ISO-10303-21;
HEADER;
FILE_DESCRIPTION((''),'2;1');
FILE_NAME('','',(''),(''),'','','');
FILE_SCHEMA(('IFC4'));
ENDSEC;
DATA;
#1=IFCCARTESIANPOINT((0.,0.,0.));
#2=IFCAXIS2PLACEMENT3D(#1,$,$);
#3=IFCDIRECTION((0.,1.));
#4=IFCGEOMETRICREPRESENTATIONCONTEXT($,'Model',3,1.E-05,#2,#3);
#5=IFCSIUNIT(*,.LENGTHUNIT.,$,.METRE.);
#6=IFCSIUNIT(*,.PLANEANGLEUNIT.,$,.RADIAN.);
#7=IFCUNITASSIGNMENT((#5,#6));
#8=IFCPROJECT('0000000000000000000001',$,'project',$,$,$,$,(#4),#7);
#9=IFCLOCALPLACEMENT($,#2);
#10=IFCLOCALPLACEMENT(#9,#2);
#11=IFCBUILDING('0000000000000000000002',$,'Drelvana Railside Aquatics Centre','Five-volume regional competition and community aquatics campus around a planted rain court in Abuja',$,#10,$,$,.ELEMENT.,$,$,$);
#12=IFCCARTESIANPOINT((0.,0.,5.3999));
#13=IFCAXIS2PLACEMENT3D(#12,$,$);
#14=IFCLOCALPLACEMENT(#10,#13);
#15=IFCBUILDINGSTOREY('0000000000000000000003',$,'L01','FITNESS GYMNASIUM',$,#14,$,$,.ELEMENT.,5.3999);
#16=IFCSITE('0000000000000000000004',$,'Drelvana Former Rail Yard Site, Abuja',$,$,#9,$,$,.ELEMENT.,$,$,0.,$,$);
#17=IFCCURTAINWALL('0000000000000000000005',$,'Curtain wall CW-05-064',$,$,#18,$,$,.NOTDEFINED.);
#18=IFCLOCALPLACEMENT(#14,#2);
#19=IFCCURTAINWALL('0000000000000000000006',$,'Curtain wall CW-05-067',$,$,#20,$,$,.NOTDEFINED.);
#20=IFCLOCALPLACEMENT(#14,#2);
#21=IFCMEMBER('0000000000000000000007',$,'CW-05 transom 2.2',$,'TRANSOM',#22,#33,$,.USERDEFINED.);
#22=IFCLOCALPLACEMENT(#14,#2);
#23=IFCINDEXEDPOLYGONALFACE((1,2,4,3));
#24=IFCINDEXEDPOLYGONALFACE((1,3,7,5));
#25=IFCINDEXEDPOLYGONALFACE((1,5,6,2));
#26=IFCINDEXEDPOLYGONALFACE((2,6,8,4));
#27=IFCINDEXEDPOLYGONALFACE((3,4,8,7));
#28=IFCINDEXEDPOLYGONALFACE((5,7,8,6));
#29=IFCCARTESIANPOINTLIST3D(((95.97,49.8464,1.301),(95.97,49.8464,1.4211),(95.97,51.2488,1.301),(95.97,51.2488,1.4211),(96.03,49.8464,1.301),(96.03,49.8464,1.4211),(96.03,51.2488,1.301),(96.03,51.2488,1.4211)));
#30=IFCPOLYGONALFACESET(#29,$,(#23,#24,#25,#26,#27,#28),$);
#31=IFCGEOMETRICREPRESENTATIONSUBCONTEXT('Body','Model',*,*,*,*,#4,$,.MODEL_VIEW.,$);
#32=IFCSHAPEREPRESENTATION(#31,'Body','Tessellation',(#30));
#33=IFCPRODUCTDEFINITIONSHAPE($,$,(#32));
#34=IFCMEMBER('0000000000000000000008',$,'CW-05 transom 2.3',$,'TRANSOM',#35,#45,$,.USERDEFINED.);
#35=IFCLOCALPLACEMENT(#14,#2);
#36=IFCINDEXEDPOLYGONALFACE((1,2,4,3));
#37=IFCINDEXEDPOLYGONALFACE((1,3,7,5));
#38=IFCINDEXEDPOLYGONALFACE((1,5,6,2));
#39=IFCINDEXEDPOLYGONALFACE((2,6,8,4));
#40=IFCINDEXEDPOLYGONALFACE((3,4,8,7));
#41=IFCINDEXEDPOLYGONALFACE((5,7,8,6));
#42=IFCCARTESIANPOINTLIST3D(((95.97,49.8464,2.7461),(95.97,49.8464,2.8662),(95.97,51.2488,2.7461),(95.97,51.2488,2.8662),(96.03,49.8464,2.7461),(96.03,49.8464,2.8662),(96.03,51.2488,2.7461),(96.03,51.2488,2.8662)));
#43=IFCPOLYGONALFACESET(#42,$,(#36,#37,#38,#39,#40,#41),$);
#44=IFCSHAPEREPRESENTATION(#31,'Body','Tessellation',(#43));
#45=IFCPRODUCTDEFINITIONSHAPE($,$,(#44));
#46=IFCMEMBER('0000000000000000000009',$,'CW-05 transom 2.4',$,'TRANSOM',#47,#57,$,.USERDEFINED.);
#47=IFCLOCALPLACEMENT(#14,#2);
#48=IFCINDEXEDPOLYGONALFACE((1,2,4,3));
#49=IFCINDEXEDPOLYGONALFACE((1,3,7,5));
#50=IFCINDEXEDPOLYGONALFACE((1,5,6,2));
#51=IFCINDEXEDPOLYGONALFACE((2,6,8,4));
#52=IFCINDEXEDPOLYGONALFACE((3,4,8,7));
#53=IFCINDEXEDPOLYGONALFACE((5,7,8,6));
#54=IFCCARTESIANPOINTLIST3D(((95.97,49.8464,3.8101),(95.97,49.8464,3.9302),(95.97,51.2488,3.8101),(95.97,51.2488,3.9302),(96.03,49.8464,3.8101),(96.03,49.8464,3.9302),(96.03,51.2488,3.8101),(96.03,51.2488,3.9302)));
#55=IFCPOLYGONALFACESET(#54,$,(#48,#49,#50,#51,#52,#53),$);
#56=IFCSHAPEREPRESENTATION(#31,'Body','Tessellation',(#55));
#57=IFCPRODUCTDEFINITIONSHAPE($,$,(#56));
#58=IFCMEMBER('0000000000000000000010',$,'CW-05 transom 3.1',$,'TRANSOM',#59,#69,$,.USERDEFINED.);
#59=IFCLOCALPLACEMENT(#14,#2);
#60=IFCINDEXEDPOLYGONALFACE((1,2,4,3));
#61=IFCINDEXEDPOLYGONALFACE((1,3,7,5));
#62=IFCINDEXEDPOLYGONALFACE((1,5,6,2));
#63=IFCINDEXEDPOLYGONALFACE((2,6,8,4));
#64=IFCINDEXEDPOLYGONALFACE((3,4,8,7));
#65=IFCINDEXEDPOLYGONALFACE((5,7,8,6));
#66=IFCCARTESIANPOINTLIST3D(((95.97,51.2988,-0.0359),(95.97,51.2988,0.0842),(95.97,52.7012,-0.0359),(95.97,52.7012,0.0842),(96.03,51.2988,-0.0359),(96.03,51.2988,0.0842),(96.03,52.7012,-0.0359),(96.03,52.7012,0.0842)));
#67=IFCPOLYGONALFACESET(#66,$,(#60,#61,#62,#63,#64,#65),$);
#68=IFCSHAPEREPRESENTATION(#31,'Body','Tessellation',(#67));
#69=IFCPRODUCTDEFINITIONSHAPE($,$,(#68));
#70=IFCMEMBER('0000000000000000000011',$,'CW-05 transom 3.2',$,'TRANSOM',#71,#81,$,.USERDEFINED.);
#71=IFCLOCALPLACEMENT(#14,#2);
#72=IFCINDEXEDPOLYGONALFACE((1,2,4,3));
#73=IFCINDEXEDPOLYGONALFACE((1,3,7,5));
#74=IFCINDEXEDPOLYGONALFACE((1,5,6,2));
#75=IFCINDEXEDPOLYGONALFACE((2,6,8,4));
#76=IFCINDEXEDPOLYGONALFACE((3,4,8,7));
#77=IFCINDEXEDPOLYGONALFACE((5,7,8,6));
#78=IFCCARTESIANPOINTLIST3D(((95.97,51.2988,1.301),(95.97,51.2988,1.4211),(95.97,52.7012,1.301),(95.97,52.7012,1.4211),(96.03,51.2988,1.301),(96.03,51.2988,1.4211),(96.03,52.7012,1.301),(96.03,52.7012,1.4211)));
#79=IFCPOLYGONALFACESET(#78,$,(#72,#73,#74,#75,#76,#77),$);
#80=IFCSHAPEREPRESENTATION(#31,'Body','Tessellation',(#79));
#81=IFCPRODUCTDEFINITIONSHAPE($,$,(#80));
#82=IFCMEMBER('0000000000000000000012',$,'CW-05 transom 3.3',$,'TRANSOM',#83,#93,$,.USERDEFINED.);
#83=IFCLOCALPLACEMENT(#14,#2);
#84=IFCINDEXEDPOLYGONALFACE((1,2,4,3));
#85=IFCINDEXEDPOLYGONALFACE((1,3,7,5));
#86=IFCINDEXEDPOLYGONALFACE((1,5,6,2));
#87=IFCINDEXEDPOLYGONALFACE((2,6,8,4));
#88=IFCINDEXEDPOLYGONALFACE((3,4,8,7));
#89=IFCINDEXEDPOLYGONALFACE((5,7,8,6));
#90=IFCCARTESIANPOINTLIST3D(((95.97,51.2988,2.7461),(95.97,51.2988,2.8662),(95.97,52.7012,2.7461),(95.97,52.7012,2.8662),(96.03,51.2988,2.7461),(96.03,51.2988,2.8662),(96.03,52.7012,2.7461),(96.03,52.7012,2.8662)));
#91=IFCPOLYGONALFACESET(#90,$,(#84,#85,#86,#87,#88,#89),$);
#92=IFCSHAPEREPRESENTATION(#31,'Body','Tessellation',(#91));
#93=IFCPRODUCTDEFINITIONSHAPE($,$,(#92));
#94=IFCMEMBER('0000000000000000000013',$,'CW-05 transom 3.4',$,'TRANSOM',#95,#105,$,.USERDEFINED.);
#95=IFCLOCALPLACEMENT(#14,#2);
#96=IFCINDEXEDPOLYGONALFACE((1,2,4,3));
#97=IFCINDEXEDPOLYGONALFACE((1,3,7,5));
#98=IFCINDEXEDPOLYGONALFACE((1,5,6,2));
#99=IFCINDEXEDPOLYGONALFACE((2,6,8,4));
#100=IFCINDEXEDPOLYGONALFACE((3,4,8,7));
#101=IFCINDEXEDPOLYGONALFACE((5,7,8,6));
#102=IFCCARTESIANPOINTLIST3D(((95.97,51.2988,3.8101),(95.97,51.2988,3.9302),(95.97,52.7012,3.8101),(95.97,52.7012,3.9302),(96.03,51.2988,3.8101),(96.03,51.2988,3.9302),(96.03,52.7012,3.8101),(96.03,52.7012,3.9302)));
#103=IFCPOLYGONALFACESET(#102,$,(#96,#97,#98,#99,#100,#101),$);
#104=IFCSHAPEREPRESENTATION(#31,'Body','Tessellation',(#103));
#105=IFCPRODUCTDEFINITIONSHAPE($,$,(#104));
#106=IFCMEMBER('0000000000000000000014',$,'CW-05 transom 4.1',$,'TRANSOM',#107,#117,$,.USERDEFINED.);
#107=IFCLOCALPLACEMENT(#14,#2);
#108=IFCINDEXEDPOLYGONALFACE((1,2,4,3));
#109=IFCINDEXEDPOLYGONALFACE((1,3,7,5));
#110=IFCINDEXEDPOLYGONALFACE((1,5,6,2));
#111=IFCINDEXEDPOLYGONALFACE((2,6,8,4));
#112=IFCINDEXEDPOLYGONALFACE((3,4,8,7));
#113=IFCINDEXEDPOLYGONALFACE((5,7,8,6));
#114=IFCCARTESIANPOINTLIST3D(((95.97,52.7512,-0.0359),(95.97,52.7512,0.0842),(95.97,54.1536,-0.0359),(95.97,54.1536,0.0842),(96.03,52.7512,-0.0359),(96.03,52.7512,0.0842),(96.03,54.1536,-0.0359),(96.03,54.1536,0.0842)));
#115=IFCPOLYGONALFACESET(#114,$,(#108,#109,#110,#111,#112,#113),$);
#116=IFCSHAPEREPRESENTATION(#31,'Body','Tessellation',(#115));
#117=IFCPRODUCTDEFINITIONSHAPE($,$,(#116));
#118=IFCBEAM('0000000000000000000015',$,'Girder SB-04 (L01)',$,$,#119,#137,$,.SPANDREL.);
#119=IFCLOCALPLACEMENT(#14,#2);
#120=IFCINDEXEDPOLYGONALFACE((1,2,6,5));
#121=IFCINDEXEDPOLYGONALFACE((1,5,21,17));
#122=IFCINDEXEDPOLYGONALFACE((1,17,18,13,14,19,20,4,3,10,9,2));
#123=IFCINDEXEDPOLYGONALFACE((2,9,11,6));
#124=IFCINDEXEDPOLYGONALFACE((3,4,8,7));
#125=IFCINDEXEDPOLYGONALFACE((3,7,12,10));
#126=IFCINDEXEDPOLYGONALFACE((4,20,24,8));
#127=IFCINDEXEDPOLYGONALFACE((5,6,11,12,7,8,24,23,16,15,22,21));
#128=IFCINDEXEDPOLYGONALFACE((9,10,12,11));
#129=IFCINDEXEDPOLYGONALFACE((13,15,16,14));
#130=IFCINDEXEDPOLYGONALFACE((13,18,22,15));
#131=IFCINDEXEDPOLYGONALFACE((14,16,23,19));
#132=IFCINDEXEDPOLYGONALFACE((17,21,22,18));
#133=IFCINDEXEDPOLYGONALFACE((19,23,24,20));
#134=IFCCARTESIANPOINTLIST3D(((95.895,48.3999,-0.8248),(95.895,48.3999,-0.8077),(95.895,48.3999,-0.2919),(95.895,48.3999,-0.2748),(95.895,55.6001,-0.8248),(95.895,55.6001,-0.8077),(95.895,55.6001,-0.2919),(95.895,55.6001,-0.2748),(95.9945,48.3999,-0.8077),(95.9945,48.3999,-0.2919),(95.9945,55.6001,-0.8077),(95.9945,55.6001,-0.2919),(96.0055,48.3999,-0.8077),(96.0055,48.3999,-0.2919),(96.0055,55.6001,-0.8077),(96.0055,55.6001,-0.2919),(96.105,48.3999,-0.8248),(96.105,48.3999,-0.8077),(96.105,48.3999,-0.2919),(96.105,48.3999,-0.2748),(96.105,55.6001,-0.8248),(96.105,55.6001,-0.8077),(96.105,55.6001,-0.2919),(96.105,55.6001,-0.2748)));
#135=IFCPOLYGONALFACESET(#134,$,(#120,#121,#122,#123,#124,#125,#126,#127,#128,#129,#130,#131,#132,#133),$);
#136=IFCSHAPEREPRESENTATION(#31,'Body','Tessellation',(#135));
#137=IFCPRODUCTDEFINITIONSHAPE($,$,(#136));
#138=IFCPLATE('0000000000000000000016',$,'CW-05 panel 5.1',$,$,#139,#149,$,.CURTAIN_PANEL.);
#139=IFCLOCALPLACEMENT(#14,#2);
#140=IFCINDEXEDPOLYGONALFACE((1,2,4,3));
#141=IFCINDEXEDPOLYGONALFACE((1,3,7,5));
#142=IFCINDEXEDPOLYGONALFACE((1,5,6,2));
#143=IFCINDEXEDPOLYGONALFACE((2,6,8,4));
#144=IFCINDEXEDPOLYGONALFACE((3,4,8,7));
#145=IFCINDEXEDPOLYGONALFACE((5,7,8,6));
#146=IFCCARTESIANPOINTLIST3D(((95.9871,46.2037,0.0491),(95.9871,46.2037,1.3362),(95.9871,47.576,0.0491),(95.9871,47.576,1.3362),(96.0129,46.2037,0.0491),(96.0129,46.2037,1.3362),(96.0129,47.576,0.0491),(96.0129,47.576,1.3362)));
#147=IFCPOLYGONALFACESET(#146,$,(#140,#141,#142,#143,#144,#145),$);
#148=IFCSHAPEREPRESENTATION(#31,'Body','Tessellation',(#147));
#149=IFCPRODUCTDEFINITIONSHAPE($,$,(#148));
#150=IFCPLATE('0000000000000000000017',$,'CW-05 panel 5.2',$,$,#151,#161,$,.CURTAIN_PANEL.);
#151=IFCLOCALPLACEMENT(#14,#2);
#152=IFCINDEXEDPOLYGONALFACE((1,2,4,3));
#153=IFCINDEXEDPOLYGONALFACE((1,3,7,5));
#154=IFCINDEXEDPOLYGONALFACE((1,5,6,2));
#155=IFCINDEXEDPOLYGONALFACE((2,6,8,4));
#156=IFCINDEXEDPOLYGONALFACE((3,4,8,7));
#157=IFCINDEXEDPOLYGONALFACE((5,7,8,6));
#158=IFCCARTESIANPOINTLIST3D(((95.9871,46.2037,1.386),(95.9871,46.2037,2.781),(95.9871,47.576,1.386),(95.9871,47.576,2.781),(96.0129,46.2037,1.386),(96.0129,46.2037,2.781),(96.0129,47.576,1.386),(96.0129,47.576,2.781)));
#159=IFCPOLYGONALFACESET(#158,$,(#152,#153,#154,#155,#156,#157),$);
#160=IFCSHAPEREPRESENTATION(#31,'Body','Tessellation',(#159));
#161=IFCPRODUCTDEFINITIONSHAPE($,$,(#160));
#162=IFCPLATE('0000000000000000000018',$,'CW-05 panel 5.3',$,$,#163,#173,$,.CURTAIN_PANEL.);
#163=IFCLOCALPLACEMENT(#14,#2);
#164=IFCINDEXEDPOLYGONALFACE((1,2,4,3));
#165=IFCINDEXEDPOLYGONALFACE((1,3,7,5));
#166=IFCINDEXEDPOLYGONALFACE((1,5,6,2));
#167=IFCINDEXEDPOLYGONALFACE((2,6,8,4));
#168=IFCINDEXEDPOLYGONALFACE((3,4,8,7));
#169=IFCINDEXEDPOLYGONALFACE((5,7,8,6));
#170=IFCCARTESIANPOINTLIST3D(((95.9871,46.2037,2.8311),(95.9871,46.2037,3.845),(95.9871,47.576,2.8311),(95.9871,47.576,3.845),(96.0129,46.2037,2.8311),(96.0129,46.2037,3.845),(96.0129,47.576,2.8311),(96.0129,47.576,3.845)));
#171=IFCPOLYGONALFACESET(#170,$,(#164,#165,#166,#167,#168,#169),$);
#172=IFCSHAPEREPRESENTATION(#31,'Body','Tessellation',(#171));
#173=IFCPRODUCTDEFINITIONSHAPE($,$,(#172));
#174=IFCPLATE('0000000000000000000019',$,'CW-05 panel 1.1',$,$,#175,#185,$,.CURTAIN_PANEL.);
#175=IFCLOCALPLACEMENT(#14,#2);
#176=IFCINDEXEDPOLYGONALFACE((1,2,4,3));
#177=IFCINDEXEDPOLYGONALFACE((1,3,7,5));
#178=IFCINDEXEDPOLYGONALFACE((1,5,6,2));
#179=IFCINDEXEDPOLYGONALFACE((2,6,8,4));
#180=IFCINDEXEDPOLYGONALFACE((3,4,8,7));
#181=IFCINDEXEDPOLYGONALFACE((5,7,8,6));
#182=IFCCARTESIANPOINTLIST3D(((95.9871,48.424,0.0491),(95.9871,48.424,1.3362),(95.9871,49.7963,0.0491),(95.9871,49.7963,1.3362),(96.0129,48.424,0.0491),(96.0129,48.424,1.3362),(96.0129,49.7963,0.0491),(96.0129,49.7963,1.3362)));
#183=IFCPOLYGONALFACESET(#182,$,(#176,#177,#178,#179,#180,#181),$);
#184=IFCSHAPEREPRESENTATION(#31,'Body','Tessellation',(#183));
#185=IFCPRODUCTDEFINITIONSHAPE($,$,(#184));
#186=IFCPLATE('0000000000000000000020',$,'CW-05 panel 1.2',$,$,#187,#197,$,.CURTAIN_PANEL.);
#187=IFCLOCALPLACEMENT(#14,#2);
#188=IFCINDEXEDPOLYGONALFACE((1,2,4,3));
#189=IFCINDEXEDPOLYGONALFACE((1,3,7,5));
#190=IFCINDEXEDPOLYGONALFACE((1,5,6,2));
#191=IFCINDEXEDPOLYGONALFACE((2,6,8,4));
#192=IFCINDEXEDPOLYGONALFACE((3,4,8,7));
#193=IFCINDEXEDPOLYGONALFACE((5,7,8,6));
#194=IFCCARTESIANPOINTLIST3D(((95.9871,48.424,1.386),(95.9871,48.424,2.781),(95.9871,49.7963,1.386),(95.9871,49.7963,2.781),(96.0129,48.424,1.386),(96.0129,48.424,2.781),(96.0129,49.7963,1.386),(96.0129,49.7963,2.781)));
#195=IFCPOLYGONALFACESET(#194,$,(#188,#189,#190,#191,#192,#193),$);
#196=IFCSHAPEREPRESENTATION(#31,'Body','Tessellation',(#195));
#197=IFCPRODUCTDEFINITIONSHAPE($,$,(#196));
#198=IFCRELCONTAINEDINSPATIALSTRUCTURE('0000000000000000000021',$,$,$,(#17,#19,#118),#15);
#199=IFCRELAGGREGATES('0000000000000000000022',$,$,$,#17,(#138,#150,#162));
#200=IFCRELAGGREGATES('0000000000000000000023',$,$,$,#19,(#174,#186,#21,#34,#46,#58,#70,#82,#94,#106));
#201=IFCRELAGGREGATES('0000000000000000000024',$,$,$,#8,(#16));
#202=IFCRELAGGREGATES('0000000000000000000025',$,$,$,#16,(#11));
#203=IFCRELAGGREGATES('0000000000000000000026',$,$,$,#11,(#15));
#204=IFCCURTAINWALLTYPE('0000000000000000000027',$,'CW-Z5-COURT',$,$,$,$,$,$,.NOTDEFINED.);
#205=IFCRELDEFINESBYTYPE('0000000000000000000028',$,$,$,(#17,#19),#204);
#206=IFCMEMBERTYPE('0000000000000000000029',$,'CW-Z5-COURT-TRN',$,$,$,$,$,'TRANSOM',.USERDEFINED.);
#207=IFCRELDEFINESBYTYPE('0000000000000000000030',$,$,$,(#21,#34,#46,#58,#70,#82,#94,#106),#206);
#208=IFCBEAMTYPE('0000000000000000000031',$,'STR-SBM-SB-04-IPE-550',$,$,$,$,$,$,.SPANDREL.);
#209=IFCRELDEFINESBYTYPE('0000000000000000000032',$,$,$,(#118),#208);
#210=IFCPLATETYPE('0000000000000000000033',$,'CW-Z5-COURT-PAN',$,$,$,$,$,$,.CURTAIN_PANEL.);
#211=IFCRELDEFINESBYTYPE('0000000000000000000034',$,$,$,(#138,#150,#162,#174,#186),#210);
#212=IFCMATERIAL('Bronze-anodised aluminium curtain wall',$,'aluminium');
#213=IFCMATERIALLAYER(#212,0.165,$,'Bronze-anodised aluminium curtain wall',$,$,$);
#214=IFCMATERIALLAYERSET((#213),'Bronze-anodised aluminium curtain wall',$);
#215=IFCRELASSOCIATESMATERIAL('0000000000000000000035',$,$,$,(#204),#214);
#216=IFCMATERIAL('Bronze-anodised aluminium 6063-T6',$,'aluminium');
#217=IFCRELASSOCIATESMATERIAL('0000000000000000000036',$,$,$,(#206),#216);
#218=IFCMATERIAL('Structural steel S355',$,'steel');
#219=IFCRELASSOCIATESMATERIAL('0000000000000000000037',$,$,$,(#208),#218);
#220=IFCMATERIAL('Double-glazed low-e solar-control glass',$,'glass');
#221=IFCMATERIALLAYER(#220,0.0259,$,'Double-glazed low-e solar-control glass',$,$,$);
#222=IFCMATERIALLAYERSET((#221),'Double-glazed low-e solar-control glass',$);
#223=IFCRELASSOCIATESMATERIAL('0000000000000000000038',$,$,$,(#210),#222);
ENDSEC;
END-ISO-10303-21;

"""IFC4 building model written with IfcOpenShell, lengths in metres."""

from ifc_helpers import new_model, si_unit, direction, frame, origin, origin_2d, place, context, subcontext, project, spatial, rectangle, i_section, extrude, material, layer, layer_set, material_profile, profile_set, type_object, element, aggregate, save


model = new_model("IFC4")

# Units and contexts
model_context = context("Model", 3, precision=1e-05, world=origin(), true_north=direction((0.0, 1.0)))
body_context = subcontext(model_context, "Body", "Model", "MODEL_VIEW")
ifc_project = project(units=[si_unit("LENGTHUNIT", "METRE"), si_unit("PLANEANGLEUNIT", "RADIAN")], contexts=[model_context])

# Site, building, storey
site_placement = place(None, origin())
site = spatial("IfcSite", under=ifc_project, at=site_placement, Name="Drelvana Former Rail Yard Site, Abuja", CompositionType="ELEMENT", RefElevation=0.0)
building_placement = place(site_placement, origin())
building = spatial("IfcBuilding", under=site, at=building_placement, Name="Drelvana Railside Aquatics Centre", Description="Five-volume regional competition and community aquatics campus around a planted rain court in Abuja", CompositionType="ELEMENT")
storey_placement = place(building_placement, frame((0.0, 0.0, 5.3999)))
storey = spatial("IfcBuildingStorey", under=building, at=storey_placement, Name="L01", Description="FITNESS GYMNASIUM", CompositionType="ELEMENT", Elevation=5.3999)

# Curtain wall
ifc_material_1 = material(Name="Bronze-anodised aluminium curtain wall", Category="aluminium")
ifc_layer_1 = layer(ifc_material_1, 0.165, Name="Bronze-anodised aluminium curtain wall")
ifc_layer_set_1 = layer_set([ifc_layer_1], Name="Bronze-anodised aluminium curtain wall")
curtain_wall_type = type_object("IfcCurtainWallType", Name="CW-Z5-COURT", PredefinedType="NOTDEFINED", material=ifc_layer_set_1)
curtain_wall_1_placement = place(storey_placement, origin())
curtain_wall_1 = element("IfcCurtainWall", 1, at=curtain_wall_1_placement, inside=storey, type_object=curtain_wall_type, Name="Curtain wall CW-05-064", PredefinedType="NOTDEFINED")
ifc_material_2 = material(Name="Bronze-anodised aluminium 6063-T6", Category="aluminium")

# Curtain wall
curtain_wall_2_placement = place(storey_placement, origin())
curtain_wall_2 = element("IfcCurtainWall", 2, at=curtain_wall_2_placement, inside=storey, type_object=curtain_wall_type, Name="Curtain wall CW-05-067", PredefinedType="NOTDEFINED")

# Members
ifc_material_profile_1 = material_profile(ifc_material_2, rectangle(XDim=0.1201, YDim=0.0601, at=origin_2d()), Name="ALU-T 60x120")
ifc_profile_set_1 = profile_set([ifc_material_profile_1], Name="Bronze-anodised aluminium 6063-T6")
member_type_1 = type_object("IfcMemberType", Name="CW-Z5-COURT-TRN", ElementType="TRANSOM", PredefinedType="USERDEFINED", material=ifc_profile_set_1)
member_1_placement = place(storey_placement, frame((96.0, 49.8464, 1.3611), z_axis=(0.0, 1.0, 0.0), x_axis=(0.0, 0.0, 1.0)))
member_1 = element("IfcMember", 3, at=member_1_placement, type_object=member_type_1, Name="CW-05 transom 2.2", ObjectType="TRANSOM", PredefinedType="USERDEFINED", context=body_context, shape_type="SweptSolid", body=[
    extrude(rectangle(XDim=0.1201, YDim=0.0601, at=origin_2d()), origin(), (0.0, 0.0, 1.0), 1.4023),
])
member_2_placement = place(storey_placement, frame((96.0, 49.8464, 2.8062), z_axis=(0.0, 1.0, 0.0), x_axis=(0.0, 0.0, 1.0)))
member_2 = element("IfcMember", 4, at=member_2_placement, type_object=member_type_1, Name="CW-05 transom 2.3", ObjectType="TRANSOM", PredefinedType="USERDEFINED", context=body_context, shape_type="SweptSolid", body=[
    extrude(rectangle(XDim=0.1201, YDim=0.0601, at=origin_2d()), origin(), (0.0, 0.0, 1.0), 1.4023),
])
member_3_placement = place(storey_placement, frame((96.0, 49.8464, 3.8701), z_axis=(0.0, 1.0, 0.0), x_axis=(0.0, 0.0, 1.0)))
member_3 = element("IfcMember", 5, at=member_3_placement, type_object=member_type_1, Name="CW-05 transom 2.4", ObjectType="TRANSOM", PredefinedType="USERDEFINED", context=body_context, shape_type="SweptSolid", body=[
    extrude(rectangle(XDim=0.1201, YDim=0.0601, at=origin_2d()), origin(), (0.0, 0.0, 1.0), 1.4023),
])
member_4_placement = place(storey_placement, frame((96.0, 51.2988, 0.0242), z_axis=(0.0, 1.0, 0.0), x_axis=(0.0, 0.0, 1.0)))
member_4 = element("IfcMember", 6, at=member_4_placement, type_object=member_type_1, Name="CW-05 transom 3.1", ObjectType="TRANSOM", PredefinedType="USERDEFINED", context=body_context, shape_type="SweptSolid", body=[
    extrude(rectangle(XDim=0.1201, YDim=0.0601, at=origin_2d()), origin(), (0.0, 0.0, 1.0), 1.4023),
])
member_5_placement = place(storey_placement, frame((96.0, 51.2988, 1.3611), z_axis=(0.0, 1.0, 0.0), x_axis=(0.0, 0.0, 1.0)))
member_5 = element("IfcMember", 7, at=member_5_placement, type_object=member_type_1, Name="CW-05 transom 3.2", ObjectType="TRANSOM", PredefinedType="USERDEFINED", context=body_context, shape_type="SweptSolid", body=[
    extrude(rectangle(XDim=0.1201, YDim=0.0601, at=origin_2d()), origin(), (0.0, 0.0, 1.0), 1.4023),
])
member_6_placement = place(storey_placement, frame((96.0, 51.2988, 2.8062), z_axis=(0.0, 1.0, 0.0), x_axis=(0.0, 0.0, 1.0)))
member_6 = element("IfcMember", 8, at=member_6_placement, type_object=member_type_1, Name="CW-05 transom 3.3", ObjectType="TRANSOM", PredefinedType="USERDEFINED", context=body_context, shape_type="SweptSolid", body=[
    extrude(rectangle(XDim=0.1201, YDim=0.0601, at=origin_2d()), origin(), (0.0, 0.0, 1.0), 1.4023),
])
member_7_placement = place(storey_placement, frame((96.0, 51.2988, 3.8701), z_axis=(0.0, 1.0, 0.0), x_axis=(0.0, 0.0, 1.0)))
member_7 = element("IfcMember", 9, at=member_7_placement, type_object=member_type_1, Name="CW-05 transom 3.4", ObjectType="TRANSOM", PredefinedType="USERDEFINED", context=body_context, shape_type="SweptSolid", body=[
    extrude(rectangle(XDim=0.1201, YDim=0.0601, at=origin_2d()), origin(), (0.0, 0.0, 1.0), 1.4023),
])
member_8_placement = place(storey_placement, frame((96.0, 52.7512, 0.0242), z_axis=(0.0, 1.0, 0.0), x_axis=(0.0, 0.0, 1.0)))
member_8 = element("IfcMember", 10, at=member_8_placement, type_object=member_type_1, Name="CW-05 transom 4.1", ObjectType="TRANSOM", PredefinedType="USERDEFINED", context=body_context, shape_type="SweptSolid", body=[
    extrude(rectangle(XDim=0.1201, YDim=0.0601, at=origin_2d()), origin(), (0.0, 0.0, 1.0), 1.4023),
])

# Beam
ifc_material_3 = material(Name="Structural steel S355", Category="steel")
ifc_material_profile_2 = material_profile(ifc_material_3, i_section(OverallWidth=0.21, OverallDepth=0.55, WebThickness=0.011, FlangeThickness=0.0171, at=origin_2d()), Name="IPE 550")
ifc_profile_set_2 = profile_set([ifc_material_profile_2], Name="Structural steel S355")
beam_type = type_object("IfcBeamType", Name="STR-SBM-SB-04-IPE-550", PredefinedType="SPANDREL", material=ifc_profile_set_2)
beam_placement = place(storey_placement, frame((96.0, 48.3999, -0.5498), z_axis=(0.0, 1.0, 0.0), x_axis=(-1.0, 0.0, 0.0)))
element("IfcBeam", 11, at=beam_placement, inside=storey, type_object=beam_type, Name="Girder SB-04 (L01)", PredefinedType="SPANDREL", context=body_context, shape_type="SweptSolid", body=[
    extrude(i_section(OverallWidth=0.21, OverallDepth=0.55, WebThickness=0.011, FlangeThickness=0.0171, at=origin_2d()), origin(), (0.0, 0.0, 1.0), 7.2002),
])

# Plates
ifc_material_4 = material(Name="Double-glazed low-e solar-control glass", Category="glass")
ifc_layer_2 = layer(ifc_material_4, 0.0259, Name="Double-glazed low-e solar-control glass")
ifc_layer_set_2 = layer_set([ifc_layer_2], Name="Double-glazed low-e solar-control glass")
plate_type = type_object("IfcPlateType", Name="CW-Z5-COURT-PAN", PredefinedType="CURTAIN_PANEL", material=ifc_layer_set_2)
plate_1_placement = place(storey_placement, frame((96.0, 46.8899, 0.0491), z_axis=(0.0, 0.0, 1.0), x_axis=(0.0, 1.0, 0.0)))
plate_1 = element("IfcPlate", 12, at=plate_1_placement, type_object=plate_type, Name="CW-05 panel 5.1", PredefinedType="CURTAIN_PANEL", context=body_context, shape_type="SweptSolid", body=[
    extrude(rectangle(XDim=1.3723, YDim=0.0259, at=origin_2d()), origin(), (0.0, 0.0, 1.0), 1.2871),
])
plate_2_placement = place(storey_placement, frame((96.0, 46.8899, 1.386), z_axis=(0.0, 0.0, 1.0), x_axis=(0.0, 1.0, 0.0)))
plate_2 = element("IfcPlate", 13, at=plate_2_placement, type_object=plate_type, Name="CW-05 panel 5.2", PredefinedType="CURTAIN_PANEL", context=body_context, shape_type="SweptSolid", body=[
    extrude(rectangle(XDim=1.3723, YDim=0.0259, at=origin_2d()), origin(), (0.0, 0.0, 1.0), 1.395),
])
plate_3_placement = place(storey_placement, frame((96.0, 46.8899, 2.8311), z_axis=(0.0, 0.0, 1.0), x_axis=(0.0, 1.0, 0.0)))
plate_3 = element("IfcPlate", 14, at=plate_3_placement, type_object=plate_type, Name="CW-05 panel 5.3", PredefinedType="CURTAIN_PANEL", context=body_context, shape_type="SweptSolid", body=[
    extrude(rectangle(XDim=1.3723, YDim=0.0259, at=origin_2d()), origin(), (0.0, 0.0, 1.0), 1.0139),
])
aggregate(curtain_wall_1, [plate_1, plate_2, plate_3])
plate_4_placement = place(storey_placement, frame((96.0, 49.1101, 0.0491), z_axis=(0.0, 0.0, 1.0), x_axis=(0.0, 1.0, 0.0)))
plate_4 = element("IfcPlate", 15, at=plate_4_placement, type_object=plate_type, Name="CW-05 panel 1.1", PredefinedType="CURTAIN_PANEL", context=body_context, shape_type="SweptSolid", body=[
    extrude(rectangle(XDim=1.3723, YDim=0.0259, at=origin_2d()), origin(), (0.0, 0.0, 1.0), 1.2871),
])
plate_5_placement = place(storey_placement, frame((96.0, 49.1101, 1.386), z_axis=(0.0, 0.0, 1.0), x_axis=(0.0, 1.0, 0.0)))
plate_5 = element("IfcPlate", 16, at=plate_5_placement, type_object=plate_type, Name="CW-05 panel 1.2", PredefinedType="CURTAIN_PANEL", context=body_context, shape_type="SweptSolid", body=[
    extrude(rectangle(XDim=1.3723, YDim=0.0259, at=origin_2d()), origin(), (0.0, 0.0, 1.0), 1.395),
])
aggregate(curtain_wall_2, [plate_4, plate_5, member_1, member_2, member_3, member_4, member_5, member_6, member_7, member_8])

save(model, "model.ifc")
